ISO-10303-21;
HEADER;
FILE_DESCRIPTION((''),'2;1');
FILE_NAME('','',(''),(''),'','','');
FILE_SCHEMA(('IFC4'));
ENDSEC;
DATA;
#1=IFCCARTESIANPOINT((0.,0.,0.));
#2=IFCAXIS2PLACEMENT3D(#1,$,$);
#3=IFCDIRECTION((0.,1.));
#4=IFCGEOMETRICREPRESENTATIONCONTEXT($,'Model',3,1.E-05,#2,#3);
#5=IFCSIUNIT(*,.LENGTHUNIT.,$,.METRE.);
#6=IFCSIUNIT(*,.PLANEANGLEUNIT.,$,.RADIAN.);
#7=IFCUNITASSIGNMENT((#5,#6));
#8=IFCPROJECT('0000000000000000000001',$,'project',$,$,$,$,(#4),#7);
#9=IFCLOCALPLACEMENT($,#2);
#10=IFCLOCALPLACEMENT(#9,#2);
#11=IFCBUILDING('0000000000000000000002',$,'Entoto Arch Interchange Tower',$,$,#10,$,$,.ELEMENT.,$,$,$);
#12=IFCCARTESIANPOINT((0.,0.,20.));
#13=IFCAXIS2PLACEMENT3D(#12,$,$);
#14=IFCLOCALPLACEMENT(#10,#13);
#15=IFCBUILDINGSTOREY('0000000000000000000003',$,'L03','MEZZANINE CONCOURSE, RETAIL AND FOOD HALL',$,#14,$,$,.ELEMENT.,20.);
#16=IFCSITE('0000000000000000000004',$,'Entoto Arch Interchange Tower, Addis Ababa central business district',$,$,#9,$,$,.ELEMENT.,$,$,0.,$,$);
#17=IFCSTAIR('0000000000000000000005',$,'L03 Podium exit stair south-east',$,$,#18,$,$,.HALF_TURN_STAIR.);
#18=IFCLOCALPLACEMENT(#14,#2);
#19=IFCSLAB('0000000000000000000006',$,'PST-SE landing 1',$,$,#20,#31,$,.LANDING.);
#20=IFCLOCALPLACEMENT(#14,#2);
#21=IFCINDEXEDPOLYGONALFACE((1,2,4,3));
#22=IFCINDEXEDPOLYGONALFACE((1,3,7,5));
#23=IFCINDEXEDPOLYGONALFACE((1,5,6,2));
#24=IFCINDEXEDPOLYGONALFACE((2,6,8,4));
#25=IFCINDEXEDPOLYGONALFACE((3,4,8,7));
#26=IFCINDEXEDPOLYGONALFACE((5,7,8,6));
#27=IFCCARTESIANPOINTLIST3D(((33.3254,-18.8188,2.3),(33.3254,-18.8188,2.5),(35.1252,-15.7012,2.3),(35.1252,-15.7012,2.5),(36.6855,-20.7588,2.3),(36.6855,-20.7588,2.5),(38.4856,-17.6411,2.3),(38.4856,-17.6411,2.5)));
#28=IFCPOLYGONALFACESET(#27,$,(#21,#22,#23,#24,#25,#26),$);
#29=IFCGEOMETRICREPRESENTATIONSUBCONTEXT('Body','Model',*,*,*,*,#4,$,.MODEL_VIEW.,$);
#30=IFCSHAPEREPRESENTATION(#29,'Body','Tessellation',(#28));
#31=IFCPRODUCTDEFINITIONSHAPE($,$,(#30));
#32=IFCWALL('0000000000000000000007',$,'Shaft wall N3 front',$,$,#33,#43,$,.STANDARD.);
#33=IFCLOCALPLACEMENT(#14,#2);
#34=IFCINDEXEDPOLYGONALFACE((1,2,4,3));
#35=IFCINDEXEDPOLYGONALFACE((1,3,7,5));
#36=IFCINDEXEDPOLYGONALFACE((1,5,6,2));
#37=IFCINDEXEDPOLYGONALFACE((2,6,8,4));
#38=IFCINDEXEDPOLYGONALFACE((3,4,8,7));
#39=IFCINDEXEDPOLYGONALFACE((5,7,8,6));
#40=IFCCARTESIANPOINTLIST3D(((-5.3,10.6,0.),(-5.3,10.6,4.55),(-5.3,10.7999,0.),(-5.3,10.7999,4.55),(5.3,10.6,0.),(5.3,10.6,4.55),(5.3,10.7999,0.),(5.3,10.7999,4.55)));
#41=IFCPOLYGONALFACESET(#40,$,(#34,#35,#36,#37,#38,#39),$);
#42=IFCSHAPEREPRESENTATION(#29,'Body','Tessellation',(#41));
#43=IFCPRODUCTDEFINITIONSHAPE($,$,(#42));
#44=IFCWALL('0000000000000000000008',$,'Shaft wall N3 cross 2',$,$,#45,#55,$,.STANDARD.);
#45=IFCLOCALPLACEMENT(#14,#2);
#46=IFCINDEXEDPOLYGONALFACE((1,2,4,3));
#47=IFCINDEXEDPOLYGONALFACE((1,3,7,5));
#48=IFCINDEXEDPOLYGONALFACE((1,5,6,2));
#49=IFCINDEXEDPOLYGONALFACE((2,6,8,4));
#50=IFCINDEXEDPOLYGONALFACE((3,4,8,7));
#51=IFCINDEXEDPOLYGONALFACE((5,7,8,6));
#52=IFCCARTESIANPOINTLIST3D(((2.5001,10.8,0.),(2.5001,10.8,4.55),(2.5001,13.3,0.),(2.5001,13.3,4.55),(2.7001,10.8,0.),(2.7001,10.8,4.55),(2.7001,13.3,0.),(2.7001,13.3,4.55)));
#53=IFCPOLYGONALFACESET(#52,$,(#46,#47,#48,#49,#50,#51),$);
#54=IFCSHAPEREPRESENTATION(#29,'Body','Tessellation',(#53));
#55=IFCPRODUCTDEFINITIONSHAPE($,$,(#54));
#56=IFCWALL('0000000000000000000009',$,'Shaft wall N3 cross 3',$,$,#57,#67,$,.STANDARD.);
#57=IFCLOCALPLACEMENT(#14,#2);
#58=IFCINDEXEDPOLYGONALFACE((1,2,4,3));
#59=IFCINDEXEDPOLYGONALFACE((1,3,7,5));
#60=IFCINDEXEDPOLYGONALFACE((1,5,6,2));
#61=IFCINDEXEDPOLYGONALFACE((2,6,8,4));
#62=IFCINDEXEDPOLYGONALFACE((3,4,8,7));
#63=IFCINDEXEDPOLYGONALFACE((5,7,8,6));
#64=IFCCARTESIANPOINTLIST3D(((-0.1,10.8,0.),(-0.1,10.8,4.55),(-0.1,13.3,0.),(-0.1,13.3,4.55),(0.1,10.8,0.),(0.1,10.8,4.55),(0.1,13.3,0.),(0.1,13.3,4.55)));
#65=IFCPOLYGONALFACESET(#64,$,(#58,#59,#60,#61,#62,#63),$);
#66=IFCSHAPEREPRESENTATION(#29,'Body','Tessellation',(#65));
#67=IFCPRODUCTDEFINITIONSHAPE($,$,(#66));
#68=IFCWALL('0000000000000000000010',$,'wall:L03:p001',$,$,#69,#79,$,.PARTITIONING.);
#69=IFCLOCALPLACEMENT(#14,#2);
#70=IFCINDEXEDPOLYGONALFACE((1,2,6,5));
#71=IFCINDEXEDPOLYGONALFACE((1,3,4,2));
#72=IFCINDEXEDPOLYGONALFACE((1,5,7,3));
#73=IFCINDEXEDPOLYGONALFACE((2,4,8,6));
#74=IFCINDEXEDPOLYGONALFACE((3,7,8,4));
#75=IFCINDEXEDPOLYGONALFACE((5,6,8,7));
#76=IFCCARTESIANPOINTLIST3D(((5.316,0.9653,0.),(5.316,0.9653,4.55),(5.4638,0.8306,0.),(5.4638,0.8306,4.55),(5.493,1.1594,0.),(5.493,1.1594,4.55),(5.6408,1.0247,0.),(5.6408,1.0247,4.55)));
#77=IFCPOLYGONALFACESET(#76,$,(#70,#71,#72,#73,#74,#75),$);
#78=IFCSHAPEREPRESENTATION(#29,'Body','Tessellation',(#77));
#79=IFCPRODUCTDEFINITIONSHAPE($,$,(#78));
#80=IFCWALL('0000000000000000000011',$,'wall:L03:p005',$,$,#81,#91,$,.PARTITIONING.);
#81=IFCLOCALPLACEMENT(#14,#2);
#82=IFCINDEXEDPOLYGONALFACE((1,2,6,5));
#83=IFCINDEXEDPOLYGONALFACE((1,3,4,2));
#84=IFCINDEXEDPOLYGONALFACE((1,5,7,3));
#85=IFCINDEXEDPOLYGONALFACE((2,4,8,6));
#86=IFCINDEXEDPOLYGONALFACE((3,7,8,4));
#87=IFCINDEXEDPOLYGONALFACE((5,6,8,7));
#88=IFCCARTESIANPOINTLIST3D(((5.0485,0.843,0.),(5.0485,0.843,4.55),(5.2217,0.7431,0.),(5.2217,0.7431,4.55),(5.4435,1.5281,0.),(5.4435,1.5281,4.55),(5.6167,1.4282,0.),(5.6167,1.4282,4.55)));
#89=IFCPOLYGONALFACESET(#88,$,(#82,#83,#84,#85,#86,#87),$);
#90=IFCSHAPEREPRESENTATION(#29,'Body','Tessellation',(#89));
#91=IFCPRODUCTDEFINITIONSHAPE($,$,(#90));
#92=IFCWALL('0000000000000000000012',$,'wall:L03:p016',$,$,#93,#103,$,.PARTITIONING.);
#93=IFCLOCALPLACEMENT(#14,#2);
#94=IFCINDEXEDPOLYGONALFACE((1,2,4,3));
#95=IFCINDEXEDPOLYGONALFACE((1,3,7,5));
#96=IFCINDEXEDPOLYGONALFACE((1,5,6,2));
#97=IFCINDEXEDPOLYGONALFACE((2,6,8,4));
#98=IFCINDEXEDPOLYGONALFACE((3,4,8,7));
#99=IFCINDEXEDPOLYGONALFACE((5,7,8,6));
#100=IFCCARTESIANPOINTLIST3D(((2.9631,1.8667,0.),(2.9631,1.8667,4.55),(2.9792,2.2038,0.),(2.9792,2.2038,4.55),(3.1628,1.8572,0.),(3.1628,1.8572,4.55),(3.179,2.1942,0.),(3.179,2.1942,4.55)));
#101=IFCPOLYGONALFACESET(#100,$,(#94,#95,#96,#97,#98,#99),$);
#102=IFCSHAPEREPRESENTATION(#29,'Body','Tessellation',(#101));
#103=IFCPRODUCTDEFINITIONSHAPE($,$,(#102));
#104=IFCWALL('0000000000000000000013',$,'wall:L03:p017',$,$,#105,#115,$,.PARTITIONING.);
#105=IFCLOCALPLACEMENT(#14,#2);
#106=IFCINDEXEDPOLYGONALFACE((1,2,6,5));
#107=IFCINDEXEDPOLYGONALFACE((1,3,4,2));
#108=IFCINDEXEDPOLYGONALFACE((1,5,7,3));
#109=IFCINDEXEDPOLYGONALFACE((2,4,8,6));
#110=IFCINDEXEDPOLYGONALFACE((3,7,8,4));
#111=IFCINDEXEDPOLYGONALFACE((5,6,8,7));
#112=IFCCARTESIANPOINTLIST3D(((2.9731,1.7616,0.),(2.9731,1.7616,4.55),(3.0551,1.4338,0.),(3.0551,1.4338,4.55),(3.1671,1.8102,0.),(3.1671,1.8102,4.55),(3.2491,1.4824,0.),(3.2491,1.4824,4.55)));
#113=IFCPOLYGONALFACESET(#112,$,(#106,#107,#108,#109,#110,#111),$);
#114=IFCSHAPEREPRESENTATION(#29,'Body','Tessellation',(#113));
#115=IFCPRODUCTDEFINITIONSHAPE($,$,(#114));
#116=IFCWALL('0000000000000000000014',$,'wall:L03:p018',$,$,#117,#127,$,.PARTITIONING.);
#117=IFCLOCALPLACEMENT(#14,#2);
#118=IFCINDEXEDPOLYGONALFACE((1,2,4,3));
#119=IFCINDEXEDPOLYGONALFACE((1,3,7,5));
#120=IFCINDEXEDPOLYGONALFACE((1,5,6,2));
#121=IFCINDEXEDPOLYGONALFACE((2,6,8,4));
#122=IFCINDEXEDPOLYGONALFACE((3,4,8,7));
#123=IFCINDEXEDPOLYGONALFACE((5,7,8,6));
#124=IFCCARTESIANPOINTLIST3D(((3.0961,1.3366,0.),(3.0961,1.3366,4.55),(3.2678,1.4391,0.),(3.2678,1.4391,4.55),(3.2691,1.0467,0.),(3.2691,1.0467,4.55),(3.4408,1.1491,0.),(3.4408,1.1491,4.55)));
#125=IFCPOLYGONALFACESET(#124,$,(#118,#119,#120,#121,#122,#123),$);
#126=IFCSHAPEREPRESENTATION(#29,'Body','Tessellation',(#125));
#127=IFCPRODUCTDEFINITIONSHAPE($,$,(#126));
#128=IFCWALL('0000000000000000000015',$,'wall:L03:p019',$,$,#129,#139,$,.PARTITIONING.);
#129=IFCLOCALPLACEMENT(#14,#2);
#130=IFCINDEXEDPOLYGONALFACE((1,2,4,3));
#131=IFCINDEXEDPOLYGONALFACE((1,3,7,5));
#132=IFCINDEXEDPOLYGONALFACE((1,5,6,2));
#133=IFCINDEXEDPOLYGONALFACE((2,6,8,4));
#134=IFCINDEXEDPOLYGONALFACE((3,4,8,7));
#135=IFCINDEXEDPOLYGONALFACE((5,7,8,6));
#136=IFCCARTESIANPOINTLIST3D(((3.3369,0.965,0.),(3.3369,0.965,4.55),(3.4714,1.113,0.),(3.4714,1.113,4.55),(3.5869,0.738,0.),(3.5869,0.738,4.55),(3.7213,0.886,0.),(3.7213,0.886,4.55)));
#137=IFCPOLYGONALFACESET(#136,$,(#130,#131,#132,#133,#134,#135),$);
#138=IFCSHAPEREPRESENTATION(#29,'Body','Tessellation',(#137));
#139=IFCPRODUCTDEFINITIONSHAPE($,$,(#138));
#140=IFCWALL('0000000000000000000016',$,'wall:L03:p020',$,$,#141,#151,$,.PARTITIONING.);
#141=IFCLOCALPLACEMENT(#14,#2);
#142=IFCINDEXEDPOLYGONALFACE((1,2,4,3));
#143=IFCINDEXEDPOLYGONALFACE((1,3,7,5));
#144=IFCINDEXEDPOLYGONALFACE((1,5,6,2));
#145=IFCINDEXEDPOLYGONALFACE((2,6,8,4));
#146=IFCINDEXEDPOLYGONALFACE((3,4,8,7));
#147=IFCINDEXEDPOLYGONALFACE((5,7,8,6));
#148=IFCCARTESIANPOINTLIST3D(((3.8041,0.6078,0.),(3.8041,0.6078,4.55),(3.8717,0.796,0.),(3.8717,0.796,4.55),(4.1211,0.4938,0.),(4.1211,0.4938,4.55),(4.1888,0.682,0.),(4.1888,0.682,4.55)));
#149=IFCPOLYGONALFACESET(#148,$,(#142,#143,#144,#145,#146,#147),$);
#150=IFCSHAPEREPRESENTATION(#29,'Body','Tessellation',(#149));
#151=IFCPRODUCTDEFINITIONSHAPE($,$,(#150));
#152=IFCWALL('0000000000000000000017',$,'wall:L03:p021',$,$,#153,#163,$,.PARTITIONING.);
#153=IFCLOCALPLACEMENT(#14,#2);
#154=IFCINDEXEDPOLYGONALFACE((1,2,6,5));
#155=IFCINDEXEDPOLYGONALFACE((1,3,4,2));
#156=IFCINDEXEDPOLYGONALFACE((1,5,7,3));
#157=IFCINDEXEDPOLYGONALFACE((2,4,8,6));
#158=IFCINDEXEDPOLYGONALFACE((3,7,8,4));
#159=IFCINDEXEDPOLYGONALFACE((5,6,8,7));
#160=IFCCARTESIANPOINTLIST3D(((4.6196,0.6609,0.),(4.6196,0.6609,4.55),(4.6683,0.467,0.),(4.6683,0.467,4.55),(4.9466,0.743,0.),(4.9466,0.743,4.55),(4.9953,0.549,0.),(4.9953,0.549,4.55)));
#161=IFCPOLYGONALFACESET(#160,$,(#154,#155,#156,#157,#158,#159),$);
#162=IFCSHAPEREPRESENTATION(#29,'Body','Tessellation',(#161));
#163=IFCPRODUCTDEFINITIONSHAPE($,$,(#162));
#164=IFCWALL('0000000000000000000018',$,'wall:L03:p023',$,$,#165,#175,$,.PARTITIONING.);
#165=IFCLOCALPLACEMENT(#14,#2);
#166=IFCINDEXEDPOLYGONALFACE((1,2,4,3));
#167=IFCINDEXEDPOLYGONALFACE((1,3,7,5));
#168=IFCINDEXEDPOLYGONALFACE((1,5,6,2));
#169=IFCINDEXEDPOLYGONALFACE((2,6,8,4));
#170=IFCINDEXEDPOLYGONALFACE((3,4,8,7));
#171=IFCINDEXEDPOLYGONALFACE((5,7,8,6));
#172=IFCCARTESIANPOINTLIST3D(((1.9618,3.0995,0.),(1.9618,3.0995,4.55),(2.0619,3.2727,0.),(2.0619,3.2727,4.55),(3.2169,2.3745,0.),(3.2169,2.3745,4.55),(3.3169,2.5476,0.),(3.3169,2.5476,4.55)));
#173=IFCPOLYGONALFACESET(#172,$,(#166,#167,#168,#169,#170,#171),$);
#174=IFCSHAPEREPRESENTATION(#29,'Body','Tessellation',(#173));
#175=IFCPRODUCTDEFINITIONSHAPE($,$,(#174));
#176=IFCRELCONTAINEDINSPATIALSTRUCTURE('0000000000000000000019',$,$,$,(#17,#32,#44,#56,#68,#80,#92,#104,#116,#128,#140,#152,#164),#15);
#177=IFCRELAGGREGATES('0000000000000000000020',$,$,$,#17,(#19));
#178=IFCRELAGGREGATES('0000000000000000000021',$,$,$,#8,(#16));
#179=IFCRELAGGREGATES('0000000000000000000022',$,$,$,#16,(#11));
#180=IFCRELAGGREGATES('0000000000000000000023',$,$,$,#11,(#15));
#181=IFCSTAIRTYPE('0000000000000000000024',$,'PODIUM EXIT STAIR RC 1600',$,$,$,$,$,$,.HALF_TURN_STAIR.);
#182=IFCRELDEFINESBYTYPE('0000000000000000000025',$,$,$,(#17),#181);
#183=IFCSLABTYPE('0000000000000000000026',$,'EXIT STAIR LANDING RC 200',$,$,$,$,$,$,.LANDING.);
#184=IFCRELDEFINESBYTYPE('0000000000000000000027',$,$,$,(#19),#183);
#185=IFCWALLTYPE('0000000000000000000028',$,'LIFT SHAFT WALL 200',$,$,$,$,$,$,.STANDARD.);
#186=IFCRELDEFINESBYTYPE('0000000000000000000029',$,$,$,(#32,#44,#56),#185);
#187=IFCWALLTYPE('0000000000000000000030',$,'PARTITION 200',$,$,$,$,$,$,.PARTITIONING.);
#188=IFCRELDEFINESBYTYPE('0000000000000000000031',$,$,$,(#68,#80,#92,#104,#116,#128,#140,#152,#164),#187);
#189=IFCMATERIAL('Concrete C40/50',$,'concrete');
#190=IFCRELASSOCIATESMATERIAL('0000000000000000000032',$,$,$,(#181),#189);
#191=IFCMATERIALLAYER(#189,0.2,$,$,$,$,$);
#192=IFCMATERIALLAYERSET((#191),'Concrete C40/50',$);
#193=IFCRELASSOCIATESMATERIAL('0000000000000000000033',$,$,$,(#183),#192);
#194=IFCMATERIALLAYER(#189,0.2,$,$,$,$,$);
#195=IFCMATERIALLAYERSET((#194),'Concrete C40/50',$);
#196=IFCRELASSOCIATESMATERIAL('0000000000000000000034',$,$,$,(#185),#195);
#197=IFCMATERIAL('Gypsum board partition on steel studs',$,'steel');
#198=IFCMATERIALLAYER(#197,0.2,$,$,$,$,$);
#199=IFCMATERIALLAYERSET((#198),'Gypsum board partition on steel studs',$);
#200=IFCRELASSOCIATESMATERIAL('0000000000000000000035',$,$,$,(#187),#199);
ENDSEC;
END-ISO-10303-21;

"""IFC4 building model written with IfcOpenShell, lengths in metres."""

from ifc_helpers import new_model, si_unit, direction, frame, frame_2d, origin, place, context, subcontext, project, spatial, polyline, rectangle, outline, extrude, material, layer, layer_set, type_object, element, aggregate, save


model = new_model("IFC4")

# Units and contexts
model_context = context("Model", 3, precision=1e-05, world=origin(), true_north=direction((0.0, 1.0)))
body_context = subcontext(model_context, "Body", "Model", "MODEL_VIEW")
ifc_project = project(units=[si_unit("LENGTHUNIT", "METRE"), si_unit("PLANEANGLEUNIT", "RADIAN")], contexts=[model_context])

# Site, building, storey
site_placement = place(None, origin())
site = spatial("IfcSite", under=ifc_project, at=site_placement, Name="Entoto Arch Interchange Tower, Addis Ababa central business district", CompositionType="ELEMENT", RefElevation=0.0)
building_placement = place(site_placement, origin())
building = spatial("IfcBuilding", under=site, at=building_placement, Name="Entoto Arch Interchange Tower", CompositionType="ELEMENT")
storey_placement = place(building_placement, frame((0.0, 0.0, 20.0)))
storey = spatial("IfcBuildingStorey", under=building, at=storey_placement, Name="L03", Description="MEZZANINE CONCOURSE, RETAIL AND FOOD HALL", CompositionType="ELEMENT", Elevation=20.0)

# Stair, slab
ifc_material_1 = material(Name="Concrete C40/50", Category="concrete")
stair_type = type_object("IfcStairType", Name="PODIUM EXIT STAIR RC 1600", PredefinedType="HALF_TURN_STAIR", material=ifc_material_1)
stair_placement = place(storey_placement, origin())
stair = element("IfcStair", 1, at=stair_placement, inside=storey, type_object=stair_type, Name="L03 Podium exit stair south-east", PredefinedType="HALF_TURN_STAIR")
ifc_layer_1 = layer(ifc_material_1, 0.2)
ifc_layer_set_1 = layer_set([ifc_layer_1], Name="Concrete C40/50")
slab_type = type_object("IfcSlabType", Name="EXIT STAIR LANDING RC 200", PredefinedType="LANDING", material=ifc_layer_set_1)
slab_placement = place(storey_placement, frame((0.0, 0.0, 2.3)))
slab = element("IfcSlab", 2, at=slab_placement, type_object=slab_type, Name="PST-SE landing 1", PredefinedType="LANDING", context=body_context, shape_type="SweptSolid", body=[
    extrude(outline(polyline([(33.3254, -18.8188), (36.6855, -20.7588), (38.4856, -17.6411), (35.1252, -15.7012), (33.3254, -18.8188)])), origin(), (0.0, 0.0, 1.0), 0.2),
])
aggregate(stair, [slab])

# Walls
ifc_layer_2 = layer(ifc_material_1, 0.2)
ifc_layer_set_2 = layer_set([ifc_layer_2], Name="Concrete C40/50")
wall_type_1 = type_object("IfcWallType", Name="LIFT SHAFT WALL 200", PredefinedType="STANDARD", material=ifc_layer_set_2)
wall_1_placement = place(storey_placement, frame((5.3, 10.7, 0.0), z_axis=(0.0, 0.0, 1.0), x_axis=(-1.0, 0.0, 0.0)))
element("IfcWall", 3, at=wall_1_placement, inside=storey, type_object=wall_type_1, Name="Shaft wall N3 front", PredefinedType="STANDARD", context=body_context, shape_type="SweptSolid", body=[
    extrude(rectangle(XDim=10.6001, YDim=0.2, at=frame_2d((5.3, 0.0))), origin(), (0.0, 0.0, 1.0), 4.55),
])
for number, where, z_axis, x_axis, name in (
    (4, (2.6001, 10.8, 0.0), (0.0, 0.0, 1.0), (0.0, 1.0, 0.0), "Shaft wall N3 cross 2"),
    (5, (0.0, 10.8, 0.0), (0.0, 0.0, 1.0), (0.0, 1.0, 0.0), "Shaft wall N3 cross 3"),
):
    element("IfcWall", number, at=place(storey_placement, frame(where, z_axis=z_axis, x_axis=x_axis)), inside=storey, type_object=wall_type_1, Name=name, PredefinedType="STANDARD", context=body_context, shape_type="SweptSolid", body=[
        extrude(rectangle(XDim=2.5, YDim=0.2, at=frame_2d((1.25, 0.0))), origin(), (0.0, 0.0, 1.0), 4.55),
    ])
ifc_material_2 = material(Name="Gypsum board partition on steel studs", Category="steel")
ifc_layer_3 = layer(ifc_material_2, 0.2)
ifc_layer_set_3 = layer_set([ifc_layer_3], Name="Gypsum board partition on steel studs")
wall_type_2 = type_object("IfcWallType", Name="PARTITION 200", PredefinedType="PARTITIONING", material=ifc_layer_set_3)
wall_2_placement = place(storey_placement, frame((5.3899, 0.8979, 0.0), z_axis=(0.0, 0.0, 1.0), x_axis=(0.673828, 0.738888, 0.0)))
element("IfcWall", 6, at=wall_2_placement, inside=storey, type_object=wall_type_2, Name="wall:L03:p001", PredefinedType="PARTITIONING", context=body_context, shape_type="SweptSolid", body=[
    extrude(rectangle(XDim=0.2627, YDim=0.2, at=frame_2d((0.1313, 0.0))), origin(), (0.0, 0.0, 1.0), 4.55),
])
wall_3_placement = place(storey_placement, frame((5.135, 0.793, 0.0), z_axis=(0.0, 0.0, 1.0), x_axis=(0.499526, 0.866299, 0.0)))
element("IfcWall", 7, at=wall_3_placement, inside=storey, type_object=wall_type_2, Name="wall:L03:p005", PredefinedType="PARTITIONING", context=body_context, shape_type="SweptSolid", body=[
    extrude(rectangle(XDim=0.7908, YDim=0.2, at=frame_2d((0.3955, 0.0))), origin(), (0.0, 0.0, 1.0), 4.55),
])
wall_4_placement = place(storey_placement, frame((3.0791, 2.199, 0.0), z_axis=(0.0, 0.0, 1.0), x_axis=(-0.047771, -0.998858, 0.0)))
element("IfcWall", 8, at=wall_4_placement, inside=storey, type_object=wall_type_2, Name="wall:L03:p016", PredefinedType="PARTITIONING", context=body_context, shape_type="SweptSolid", body=[
    extrude(rectangle(XDim=0.3374, YDim=0.2, at=frame_2d((0.1687, 0.0))), origin(), (0.0, 0.0, 1.0), 4.55),
])
wall_5_placement = place(storey_placement, frame((3.0701, 1.7859, 0.0), z_axis=(0.0, 0.0, 1.0), x_axis=(0.242706, -0.9701, 0.0)))
element("IfcWall", 9, at=wall_5_placement, inside=storey, type_object=wall_type_2, Name="wall:L03:p017", PredefinedType="PARTITIONING", context=body_context, shape_type="SweptSolid", body=[
    extrude(rectangle(XDim=0.3379, YDim=0.2, at=frame_2d((0.1689, 0.0))), origin(), (0.0, 0.0, 1.0), 4.55),
])
for number, where, z_axis, x_axis, name in (
    (10, (3.1819, 1.3879, 0.0), (0.0, 0.0, 1.0), (0.512475, -0.858702, 0.0), "wall:L03:p018"),
    (11, (3.4041, 1.0391, 0.0), (0.0, 0.0, 1.0), (0.740267, -0.672313, 0.0), "wall:L03:p019"),
):
    element("IfcWall", number, at=place(storey_placement, frame(where, z_axis=z_axis, x_axis=x_axis)), inside=storey, type_object=wall_type_2, Name=name, PredefinedType="PARTITIONING", context=body_context, shape_type="SweptSolid", body=[
        extrude(rectangle(XDim=0.3376, YDim=0.2, at=frame_2d((0.1689, 0.0))), origin(), (0.0, 0.0, 1.0), 4.55),
    ])
wall_6_placement = place(storey_placement, frame((3.8379, 0.7019, 0.0), z_axis=(0.0, 0.0, 1.0), x_axis=(0.941035, -0.338309, 0.0)))
element("IfcWall", 12, at=wall_6_placement, inside=storey, type_object=wall_type_2, Name="wall:L03:p020", PredefinedType="PARTITIONING", context=body_context, shape_type="SweptSolid", body=[
    extrude(rectangle(XDim=0.3369, YDim=0.2, at=frame_2d((0.1685, 0.0))), origin(), (0.0, 0.0, 1.0), 4.55),
])
wall_7_placement = place(storey_placement, frame((4.644, 0.564, 0.0), z_axis=(0.0, 0.0, 1.0), x_axis=(0.969929, 0.243388, 0.0)))
element("IfcWall", 13, at=wall_7_placement, inside=storey, type_object=wall_type_2, Name="wall:L03:p021", PredefinedType="PARTITIONING", context=body_context, shape_type="SweptSolid", body=[
    extrude(rectangle(XDim=0.3372, YDim=0.2, at=frame_2d((0.1685, 0.0))), origin(), (0.0, 0.0, 1.0), 4.55),
])
wall_8_placement = place(storey_placement, frame((2.012, 3.186, 0.0), z_axis=(0.0, 0.0, 1.0), x_axis=(0.865891, -0.500233, 0.0)))
element("IfcWall", 14, at=wall_8_placement, inside=storey, type_object=wall_type_2, Name="wall:L03:p023", PredefinedType="PARTITIONING", context=body_context, shape_type="SweptSolid", body=[
    extrude(rectangle(XDim=1.4495, YDim=0.2, at=frame_2d((0.7246, 0.0))), origin(), (0.0, 0.0, 1.0), 4.55),
])

save(model, "model.ifc")
